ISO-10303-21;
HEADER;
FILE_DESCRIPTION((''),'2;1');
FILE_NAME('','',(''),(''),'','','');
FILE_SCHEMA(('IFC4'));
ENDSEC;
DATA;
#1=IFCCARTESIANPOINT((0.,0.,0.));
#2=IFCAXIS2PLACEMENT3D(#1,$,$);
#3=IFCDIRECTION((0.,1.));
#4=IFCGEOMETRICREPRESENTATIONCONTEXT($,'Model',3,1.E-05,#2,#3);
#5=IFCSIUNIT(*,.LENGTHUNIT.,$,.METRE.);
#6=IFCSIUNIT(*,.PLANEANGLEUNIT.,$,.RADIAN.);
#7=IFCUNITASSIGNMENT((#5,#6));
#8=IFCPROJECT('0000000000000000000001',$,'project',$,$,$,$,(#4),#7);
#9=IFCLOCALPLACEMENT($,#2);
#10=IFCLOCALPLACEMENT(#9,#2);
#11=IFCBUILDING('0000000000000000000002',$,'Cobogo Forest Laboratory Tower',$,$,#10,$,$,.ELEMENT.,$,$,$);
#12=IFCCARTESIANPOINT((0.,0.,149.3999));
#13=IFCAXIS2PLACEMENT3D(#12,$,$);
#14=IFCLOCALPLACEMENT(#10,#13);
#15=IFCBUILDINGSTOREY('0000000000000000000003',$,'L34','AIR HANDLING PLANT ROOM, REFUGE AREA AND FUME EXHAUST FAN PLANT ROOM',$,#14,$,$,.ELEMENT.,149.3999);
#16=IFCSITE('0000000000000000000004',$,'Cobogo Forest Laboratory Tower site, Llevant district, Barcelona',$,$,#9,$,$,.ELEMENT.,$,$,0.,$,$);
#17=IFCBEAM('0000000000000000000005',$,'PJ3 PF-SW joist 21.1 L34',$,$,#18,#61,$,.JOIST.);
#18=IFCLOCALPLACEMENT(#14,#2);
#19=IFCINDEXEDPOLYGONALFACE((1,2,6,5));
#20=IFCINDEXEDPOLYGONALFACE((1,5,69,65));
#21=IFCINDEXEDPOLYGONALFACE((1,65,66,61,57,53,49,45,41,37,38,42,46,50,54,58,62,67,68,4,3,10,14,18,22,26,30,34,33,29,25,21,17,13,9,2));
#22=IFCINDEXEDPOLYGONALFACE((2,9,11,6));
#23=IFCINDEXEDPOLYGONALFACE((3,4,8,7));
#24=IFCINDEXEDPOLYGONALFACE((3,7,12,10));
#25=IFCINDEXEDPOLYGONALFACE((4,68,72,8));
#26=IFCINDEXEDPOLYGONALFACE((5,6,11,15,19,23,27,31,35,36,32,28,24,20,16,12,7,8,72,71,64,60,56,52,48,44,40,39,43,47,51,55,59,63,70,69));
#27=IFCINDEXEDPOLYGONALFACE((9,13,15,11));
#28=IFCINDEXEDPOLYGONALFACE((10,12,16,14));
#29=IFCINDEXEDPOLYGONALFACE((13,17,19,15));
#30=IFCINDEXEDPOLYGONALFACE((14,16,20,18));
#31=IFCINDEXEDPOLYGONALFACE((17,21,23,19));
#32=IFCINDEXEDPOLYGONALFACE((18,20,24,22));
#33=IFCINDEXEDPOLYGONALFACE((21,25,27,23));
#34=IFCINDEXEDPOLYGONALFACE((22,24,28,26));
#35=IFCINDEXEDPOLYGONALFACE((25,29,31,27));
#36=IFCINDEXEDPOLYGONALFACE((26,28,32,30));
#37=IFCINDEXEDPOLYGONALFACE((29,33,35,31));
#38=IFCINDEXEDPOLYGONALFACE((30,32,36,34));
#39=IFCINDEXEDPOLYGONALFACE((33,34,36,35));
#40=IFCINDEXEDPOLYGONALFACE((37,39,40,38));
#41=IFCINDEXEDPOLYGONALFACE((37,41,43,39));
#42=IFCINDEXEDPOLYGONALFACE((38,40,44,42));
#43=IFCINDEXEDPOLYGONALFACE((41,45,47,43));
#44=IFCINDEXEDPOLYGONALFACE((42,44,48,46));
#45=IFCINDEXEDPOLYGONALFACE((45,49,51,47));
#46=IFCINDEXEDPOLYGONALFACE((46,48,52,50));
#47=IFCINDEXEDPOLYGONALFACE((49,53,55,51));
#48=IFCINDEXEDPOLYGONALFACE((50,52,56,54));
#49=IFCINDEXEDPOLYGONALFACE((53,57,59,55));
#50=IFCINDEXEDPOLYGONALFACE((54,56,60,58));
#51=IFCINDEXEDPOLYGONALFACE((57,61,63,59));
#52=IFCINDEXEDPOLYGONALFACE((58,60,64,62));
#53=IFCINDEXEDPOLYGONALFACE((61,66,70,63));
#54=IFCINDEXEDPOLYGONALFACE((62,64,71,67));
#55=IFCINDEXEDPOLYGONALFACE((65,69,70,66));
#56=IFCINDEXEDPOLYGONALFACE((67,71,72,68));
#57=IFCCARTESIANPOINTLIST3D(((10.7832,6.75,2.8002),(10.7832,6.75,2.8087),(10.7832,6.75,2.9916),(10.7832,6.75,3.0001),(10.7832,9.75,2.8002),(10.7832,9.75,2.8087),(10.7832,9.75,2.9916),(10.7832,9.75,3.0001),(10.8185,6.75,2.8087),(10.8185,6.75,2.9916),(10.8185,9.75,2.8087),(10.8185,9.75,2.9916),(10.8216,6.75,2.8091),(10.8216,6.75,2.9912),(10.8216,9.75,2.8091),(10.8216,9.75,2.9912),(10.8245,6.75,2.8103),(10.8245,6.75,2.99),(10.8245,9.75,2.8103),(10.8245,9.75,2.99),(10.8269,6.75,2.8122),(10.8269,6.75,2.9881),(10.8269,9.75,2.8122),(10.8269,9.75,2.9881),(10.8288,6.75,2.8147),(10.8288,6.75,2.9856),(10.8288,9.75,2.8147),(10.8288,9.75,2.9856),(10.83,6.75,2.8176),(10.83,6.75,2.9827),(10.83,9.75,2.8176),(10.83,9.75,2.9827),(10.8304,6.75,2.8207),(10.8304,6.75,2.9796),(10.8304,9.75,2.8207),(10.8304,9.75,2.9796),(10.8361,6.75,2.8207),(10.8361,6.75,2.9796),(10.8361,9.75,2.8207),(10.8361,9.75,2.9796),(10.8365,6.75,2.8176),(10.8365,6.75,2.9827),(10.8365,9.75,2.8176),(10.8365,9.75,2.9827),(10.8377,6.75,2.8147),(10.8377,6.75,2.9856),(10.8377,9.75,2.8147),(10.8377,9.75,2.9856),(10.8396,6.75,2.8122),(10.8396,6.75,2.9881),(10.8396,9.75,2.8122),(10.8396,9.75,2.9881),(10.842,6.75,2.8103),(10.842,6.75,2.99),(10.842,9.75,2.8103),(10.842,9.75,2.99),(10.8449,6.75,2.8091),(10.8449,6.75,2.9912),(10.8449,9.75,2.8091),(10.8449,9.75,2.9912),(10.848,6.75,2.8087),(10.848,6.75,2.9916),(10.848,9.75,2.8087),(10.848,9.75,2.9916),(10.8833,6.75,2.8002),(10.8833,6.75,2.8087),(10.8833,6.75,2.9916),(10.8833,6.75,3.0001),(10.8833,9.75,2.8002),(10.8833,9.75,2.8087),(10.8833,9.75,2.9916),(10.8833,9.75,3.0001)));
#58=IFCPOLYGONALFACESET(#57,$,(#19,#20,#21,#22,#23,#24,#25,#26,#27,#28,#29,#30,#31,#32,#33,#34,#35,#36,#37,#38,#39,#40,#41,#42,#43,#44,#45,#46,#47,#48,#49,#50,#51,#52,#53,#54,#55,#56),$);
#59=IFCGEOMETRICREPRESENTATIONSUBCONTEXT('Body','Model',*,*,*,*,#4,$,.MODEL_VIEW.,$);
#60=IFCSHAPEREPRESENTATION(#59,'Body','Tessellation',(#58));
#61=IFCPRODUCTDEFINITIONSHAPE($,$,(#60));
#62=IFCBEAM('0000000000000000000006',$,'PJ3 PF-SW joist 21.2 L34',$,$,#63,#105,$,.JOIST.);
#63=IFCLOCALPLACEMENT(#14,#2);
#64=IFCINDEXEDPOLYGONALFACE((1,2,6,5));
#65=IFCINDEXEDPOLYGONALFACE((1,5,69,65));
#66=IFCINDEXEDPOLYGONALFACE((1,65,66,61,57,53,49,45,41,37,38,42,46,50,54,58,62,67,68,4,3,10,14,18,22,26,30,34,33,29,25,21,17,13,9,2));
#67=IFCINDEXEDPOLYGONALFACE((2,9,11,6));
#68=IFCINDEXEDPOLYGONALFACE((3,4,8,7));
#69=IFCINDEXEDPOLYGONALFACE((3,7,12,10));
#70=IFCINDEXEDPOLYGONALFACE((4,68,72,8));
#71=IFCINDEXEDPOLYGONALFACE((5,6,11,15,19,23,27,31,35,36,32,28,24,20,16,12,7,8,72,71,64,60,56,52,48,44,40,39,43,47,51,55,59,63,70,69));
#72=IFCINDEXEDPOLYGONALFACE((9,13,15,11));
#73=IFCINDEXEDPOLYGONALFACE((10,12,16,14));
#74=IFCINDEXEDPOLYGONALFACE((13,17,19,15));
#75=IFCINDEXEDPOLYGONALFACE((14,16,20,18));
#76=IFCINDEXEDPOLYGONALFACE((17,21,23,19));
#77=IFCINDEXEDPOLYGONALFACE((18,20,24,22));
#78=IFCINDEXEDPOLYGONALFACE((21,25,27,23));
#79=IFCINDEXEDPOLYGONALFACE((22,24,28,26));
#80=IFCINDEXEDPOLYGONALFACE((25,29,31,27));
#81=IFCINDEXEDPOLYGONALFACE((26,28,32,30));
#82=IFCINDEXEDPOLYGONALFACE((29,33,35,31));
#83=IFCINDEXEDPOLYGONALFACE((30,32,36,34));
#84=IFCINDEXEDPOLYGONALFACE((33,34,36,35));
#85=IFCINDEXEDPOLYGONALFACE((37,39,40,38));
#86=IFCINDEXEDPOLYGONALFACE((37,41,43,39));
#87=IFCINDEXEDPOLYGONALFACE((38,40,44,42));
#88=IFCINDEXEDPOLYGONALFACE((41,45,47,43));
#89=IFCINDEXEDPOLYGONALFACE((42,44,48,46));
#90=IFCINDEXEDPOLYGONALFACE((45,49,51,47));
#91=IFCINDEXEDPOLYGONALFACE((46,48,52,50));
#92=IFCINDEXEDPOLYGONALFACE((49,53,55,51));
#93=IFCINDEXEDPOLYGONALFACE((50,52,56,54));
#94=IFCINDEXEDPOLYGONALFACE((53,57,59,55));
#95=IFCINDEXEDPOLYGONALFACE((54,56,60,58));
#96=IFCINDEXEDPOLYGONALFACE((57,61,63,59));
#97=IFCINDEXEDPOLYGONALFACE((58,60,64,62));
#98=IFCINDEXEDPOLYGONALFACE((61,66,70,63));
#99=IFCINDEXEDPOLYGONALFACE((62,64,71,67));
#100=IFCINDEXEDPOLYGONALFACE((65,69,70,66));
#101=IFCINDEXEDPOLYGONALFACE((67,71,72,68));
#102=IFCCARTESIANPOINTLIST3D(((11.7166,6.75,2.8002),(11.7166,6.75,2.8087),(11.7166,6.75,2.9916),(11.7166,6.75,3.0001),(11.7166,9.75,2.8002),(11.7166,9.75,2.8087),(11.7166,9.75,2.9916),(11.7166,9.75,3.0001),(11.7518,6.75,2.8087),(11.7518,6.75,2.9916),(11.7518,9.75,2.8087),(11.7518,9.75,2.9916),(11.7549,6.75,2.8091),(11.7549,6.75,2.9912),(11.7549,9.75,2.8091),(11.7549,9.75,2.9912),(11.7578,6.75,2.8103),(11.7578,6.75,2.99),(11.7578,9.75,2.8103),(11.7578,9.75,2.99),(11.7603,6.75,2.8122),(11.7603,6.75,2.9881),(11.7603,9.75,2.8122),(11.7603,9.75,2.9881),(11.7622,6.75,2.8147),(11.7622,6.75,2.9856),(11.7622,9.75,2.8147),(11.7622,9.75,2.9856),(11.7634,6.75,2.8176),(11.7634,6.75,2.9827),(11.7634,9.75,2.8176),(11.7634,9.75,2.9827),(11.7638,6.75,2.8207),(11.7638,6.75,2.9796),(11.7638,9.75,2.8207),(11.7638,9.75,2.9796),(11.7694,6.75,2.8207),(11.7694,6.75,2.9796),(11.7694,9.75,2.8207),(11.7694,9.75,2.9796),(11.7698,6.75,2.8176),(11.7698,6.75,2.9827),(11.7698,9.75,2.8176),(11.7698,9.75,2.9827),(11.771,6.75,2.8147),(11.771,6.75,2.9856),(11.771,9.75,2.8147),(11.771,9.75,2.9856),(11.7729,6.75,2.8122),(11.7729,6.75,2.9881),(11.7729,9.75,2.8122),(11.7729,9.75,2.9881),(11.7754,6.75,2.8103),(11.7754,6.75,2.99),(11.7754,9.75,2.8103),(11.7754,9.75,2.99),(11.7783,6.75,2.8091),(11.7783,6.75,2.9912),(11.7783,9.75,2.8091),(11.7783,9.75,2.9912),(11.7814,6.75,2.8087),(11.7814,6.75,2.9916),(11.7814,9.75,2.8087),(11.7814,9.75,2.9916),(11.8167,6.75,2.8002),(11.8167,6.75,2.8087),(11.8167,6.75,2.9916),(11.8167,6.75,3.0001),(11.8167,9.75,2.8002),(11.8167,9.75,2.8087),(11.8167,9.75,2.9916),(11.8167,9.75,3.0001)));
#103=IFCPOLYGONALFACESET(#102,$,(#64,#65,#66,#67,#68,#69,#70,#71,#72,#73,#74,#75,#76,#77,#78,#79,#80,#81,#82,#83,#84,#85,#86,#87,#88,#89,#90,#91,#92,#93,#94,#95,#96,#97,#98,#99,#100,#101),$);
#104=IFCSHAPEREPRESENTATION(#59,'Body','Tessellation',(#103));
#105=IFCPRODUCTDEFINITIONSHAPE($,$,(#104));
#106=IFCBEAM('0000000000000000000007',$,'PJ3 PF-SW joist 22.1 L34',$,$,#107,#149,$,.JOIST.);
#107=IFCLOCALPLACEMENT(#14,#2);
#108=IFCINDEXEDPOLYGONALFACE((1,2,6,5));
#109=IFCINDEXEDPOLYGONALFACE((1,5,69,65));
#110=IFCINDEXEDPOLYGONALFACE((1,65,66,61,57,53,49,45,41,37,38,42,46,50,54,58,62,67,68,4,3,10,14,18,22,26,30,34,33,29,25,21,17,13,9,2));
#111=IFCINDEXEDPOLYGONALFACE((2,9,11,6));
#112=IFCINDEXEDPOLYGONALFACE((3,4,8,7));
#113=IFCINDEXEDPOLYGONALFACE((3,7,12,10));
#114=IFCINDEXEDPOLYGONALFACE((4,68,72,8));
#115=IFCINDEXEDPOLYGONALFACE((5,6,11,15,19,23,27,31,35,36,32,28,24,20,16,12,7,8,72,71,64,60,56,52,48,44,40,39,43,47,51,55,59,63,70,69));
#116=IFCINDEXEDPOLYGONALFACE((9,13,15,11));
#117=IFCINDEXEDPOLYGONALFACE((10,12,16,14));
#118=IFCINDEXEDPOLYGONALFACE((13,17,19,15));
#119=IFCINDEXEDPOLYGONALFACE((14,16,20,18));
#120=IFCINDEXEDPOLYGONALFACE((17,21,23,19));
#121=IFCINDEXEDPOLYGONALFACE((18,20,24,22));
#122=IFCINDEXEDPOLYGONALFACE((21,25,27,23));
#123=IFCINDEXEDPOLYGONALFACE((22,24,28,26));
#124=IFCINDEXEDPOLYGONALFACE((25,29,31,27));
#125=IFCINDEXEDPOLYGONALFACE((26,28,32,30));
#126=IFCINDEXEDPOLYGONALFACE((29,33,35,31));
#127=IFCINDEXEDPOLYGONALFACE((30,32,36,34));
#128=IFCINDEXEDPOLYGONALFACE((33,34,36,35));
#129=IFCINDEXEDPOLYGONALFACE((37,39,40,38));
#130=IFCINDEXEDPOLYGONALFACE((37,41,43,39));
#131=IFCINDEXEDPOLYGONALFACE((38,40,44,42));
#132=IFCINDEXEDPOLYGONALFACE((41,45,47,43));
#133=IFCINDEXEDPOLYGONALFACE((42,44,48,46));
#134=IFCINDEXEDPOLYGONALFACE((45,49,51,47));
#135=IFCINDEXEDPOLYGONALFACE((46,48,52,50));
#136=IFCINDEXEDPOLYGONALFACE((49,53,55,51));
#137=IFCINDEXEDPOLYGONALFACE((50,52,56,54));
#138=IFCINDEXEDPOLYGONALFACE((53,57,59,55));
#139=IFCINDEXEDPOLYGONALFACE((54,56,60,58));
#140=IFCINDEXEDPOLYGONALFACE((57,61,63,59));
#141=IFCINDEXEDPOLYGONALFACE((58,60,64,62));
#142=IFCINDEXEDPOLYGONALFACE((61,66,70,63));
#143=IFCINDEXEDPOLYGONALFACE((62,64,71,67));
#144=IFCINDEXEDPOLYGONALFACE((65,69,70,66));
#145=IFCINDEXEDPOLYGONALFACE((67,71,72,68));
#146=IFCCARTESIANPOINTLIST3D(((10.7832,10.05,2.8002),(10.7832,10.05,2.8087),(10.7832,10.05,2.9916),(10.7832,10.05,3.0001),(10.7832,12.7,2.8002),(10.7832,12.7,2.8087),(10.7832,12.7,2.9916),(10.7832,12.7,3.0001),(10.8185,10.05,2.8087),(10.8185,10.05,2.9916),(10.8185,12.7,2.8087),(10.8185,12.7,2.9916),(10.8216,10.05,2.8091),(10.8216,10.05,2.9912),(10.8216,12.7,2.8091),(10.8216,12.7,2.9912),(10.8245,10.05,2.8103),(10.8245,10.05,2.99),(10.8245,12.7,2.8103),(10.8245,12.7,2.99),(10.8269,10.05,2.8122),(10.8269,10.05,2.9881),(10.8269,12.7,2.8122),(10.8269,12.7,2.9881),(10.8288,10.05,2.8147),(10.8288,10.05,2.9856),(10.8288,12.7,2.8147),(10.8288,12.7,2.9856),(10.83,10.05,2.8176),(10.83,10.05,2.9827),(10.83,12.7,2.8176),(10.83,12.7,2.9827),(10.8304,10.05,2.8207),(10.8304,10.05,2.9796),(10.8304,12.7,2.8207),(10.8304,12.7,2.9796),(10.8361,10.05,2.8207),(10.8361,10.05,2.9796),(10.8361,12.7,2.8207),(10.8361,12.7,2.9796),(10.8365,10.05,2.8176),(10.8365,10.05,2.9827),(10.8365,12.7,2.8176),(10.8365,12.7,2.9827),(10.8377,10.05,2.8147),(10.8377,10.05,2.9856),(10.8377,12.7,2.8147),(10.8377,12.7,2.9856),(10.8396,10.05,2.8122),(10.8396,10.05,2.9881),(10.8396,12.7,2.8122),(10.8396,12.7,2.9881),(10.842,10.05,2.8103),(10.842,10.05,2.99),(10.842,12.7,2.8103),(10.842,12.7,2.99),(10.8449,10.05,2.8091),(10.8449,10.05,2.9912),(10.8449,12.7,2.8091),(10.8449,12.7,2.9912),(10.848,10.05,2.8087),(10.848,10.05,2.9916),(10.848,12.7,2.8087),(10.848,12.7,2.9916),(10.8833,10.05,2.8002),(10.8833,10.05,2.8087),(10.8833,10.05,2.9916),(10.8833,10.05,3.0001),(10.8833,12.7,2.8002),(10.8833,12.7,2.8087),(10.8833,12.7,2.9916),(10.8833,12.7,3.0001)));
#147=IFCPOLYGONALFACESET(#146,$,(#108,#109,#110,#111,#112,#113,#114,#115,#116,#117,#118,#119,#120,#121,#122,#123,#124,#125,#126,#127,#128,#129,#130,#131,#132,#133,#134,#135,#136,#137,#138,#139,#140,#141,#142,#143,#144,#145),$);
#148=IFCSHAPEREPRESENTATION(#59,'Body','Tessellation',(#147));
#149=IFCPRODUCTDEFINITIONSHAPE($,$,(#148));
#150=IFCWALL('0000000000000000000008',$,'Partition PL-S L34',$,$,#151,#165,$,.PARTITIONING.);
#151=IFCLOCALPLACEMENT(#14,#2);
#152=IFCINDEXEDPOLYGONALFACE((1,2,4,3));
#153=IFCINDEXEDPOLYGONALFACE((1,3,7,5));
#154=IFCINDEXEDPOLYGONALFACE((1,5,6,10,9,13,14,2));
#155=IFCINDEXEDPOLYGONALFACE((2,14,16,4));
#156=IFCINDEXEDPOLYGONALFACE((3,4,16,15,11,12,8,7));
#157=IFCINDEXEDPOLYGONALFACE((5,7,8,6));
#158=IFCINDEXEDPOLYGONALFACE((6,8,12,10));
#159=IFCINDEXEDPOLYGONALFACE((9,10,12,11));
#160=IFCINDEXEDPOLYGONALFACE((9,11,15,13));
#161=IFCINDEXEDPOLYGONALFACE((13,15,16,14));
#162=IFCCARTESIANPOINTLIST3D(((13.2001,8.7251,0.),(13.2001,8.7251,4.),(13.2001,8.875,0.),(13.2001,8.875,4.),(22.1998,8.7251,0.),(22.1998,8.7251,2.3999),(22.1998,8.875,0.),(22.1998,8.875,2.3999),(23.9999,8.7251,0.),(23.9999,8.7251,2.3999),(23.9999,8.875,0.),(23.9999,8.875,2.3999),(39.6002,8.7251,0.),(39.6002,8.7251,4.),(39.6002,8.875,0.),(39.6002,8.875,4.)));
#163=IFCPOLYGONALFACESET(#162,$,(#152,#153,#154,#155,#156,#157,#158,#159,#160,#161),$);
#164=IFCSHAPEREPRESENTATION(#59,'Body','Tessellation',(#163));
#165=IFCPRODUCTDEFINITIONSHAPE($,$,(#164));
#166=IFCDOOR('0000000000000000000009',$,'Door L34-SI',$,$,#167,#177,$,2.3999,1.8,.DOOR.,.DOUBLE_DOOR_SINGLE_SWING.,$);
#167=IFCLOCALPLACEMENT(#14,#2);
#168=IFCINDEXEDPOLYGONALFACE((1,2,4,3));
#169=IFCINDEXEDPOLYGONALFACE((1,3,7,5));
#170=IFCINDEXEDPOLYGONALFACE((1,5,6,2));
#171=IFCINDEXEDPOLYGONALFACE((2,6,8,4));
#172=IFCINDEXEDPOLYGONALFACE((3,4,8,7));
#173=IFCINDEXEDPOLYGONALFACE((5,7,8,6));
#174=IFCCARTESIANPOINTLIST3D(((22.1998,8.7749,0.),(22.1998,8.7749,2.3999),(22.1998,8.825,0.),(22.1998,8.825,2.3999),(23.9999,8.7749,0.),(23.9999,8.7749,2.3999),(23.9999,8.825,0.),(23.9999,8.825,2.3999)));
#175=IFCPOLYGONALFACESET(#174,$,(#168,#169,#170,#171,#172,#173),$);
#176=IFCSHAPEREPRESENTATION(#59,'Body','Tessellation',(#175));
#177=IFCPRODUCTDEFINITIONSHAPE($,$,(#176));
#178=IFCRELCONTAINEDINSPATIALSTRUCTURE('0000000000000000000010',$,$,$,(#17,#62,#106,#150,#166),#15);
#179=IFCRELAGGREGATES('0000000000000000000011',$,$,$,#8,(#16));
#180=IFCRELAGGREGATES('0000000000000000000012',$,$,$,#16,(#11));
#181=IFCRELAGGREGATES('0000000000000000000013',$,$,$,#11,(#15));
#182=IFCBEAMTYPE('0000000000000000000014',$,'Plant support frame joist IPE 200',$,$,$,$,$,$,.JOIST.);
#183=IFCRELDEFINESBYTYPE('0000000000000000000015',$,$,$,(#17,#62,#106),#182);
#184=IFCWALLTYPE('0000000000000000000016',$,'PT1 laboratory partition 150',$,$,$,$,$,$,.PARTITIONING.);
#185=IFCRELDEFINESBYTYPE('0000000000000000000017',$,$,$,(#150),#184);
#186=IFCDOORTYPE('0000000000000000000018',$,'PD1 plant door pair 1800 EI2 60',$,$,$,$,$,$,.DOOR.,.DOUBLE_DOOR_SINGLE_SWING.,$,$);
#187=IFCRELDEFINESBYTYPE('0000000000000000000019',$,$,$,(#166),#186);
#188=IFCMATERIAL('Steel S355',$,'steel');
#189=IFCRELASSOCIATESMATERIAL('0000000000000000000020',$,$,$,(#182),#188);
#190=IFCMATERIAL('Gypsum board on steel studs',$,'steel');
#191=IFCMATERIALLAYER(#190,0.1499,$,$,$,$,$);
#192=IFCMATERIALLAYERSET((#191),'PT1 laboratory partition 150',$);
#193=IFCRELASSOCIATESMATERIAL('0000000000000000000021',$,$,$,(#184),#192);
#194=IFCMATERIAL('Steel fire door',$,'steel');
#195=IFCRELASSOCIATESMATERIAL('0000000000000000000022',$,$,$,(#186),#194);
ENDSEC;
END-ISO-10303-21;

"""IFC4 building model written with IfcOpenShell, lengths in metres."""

from ifc_helpers import new_model, si_unit, direction, frame, frame_2d, origin, origin_2d, place, context, subcontext, project, spatial, rectangle, i_section, extrude, material, layer, layer_set, material_profile, profile_set, type_object, element, fill, save


model = new_model("IFC4")

# Units and contexts
model_context = context("Model", 3, precision=1e-05, world=origin(), true_north=direction((0.0, 1.0)))
body_context = subcontext(model_context, "Body", "Model", "MODEL_VIEW")
ifc_project = project(units=[si_unit("LENGTHUNIT", "METRE"), si_unit("PLANEANGLEUNIT", "RADIAN")], contexts=[model_context])

# Site, building, storey
site_placement = place(None, origin())
site = spatial("IfcSite", under=ifc_project, at=site_placement, Name="Cobogo Forest Laboratory Tower site, Llevant district, Barcelona", CompositionType="ELEMENT", RefElevation=0.0)
building_placement = place(site_placement, origin())
building = spatial("IfcBuilding", under=site, at=building_placement, Name="Cobogo Forest Laboratory Tower", CompositionType="ELEMENT")
storey_placement = place(building_placement, frame((0.0, 0.0, 149.3999)))
storey = spatial("IfcBuildingStorey", under=building, at=storey_placement, Name="L34", Description="AIR HANDLING PLANT ROOM, REFUGE AREA AND FUME EXHAUST FAN PLANT ROOM", CompositionType="ELEMENT", Elevation=149.3999)

# Beams
ifc_material_1 = material(Name="Steel S355", Category="steel")
ifc_material_profile_1 = material_profile(ifc_material_1, i_section(OverallWidth=0.1001, OverallDepth=0.2, WebThickness=0.0056, FlangeThickness=0.0085, FilletRadius=0.012, at=origin_2d()), Name="IPE 200")
ifc_profile_set_1 = profile_set([ifc_material_profile_1], Name="Steel S355")
beam_type_1 = type_object("IfcBeamType", Name="Plant support frame joist IPE 200", PredefinedType="JOIST", material=ifc_profile_set_1)
for number, where, z_axis, x_axis, name in (
    (1, (10.8333, 6.75, 2.9001), (0.0, 1.0, 0.0), (-1.0, 0.0, 0.0), "PJ3 PF-SW joist 21.1 L34"),
    (2, (11.7666, 6.75, 2.9001), (0.0, 1.0, 0.0), (-1.0, 0.0, 0.0), "PJ3 PF-SW joist 21.2 L34"),
):
    element("IfcBeam", number, at=place(storey_placement, frame(where, z_axis=z_axis, x_axis=x_axis)), inside=storey, type_object=beam_type_1, Name=name, PredefinedType="JOIST", context=body_context, shape_type="SweptSolid", body=[
        extrude(i_section(OverallWidth=0.1001, OverallDepth=0.2, WebThickness=0.0056, FlangeThickness=0.0085, FilletRadius=0.012, at=origin_2d()), origin(), (0.0, 0.0, 1.0), 3.0),
    ])
beam_1_placement = place(storey_placement, frame((10.8333, 10.05, 2.9001), z_axis=(0.0, 1.0, 0.0), x_axis=(-1.0, 0.0, 0.0)))
element("IfcBeam", 3, at=beam_1_placement, inside=storey, type_object=beam_type_1, Name="PJ3 PF-SW joist 22.1 L34", PredefinedType="JOIST", context=body_context, shape_type="SweptSolid", body=[
    extrude(i_section(OverallWidth=0.1001, OverallDepth=0.2, WebThickness=0.0056, FlangeThickness=0.0085, FilletRadius=0.012, at=origin_2d()), origin(), (0.0, 0.0, 1.0), 2.6499),
])

# Wall, opening, door
ifc_material_2 = material(Name="Gypsum board on steel studs", Category="steel")
ifc_layer = layer(ifc_material_2, 0.1499)
ifc_layer_set = layer_set([ifc_layer], Name="PT1 laboratory partition 150")
wall_type = type_object("IfcWallType", Name="PT1 laboratory partition 150", PredefinedType="PARTITIONING", material=ifc_layer_set)
wall_placement = place(storey_placement, frame((13.2, 8.8, 0.0), z_axis=(0.0, 0.0, 1.0), x_axis=(1.0, 0.0, 0.0)))
wall = element("IfcWall", 4, at=wall_placement, inside=storey, type_object=wall_type, Name="Partition PL-S L34", PredefinedType="PARTITIONING", context=body_context, shape_type="SweptSolid", body=[
    extrude(rectangle(XDim=26.4001, YDim=0.1499, at=frame_2d((13.2002, 0.0))), origin(), (0.0, 0.0, 1.0), 4.0),
])
opening_placement = place(wall_placement, frame((9.0, 0.0, 0.0)))
opening = element("IfcOpeningElement", 5, at=opening_placement, cuts=wall, PredefinedType="OPENING", context=body_context, shape_type="SweptSolid", body=[
    extrude(rectangle(XDim=1.8, YDim=2.3999, at=frame_2d((0.8999, 1.2))), frame((0.0, 0.085, 0.0), z_axis=(0.0, -1.0, 0.0), x_axis=(1.0, 0.0, 0.0)), (0.0, 0.0, 1.0), 0.1699),
])
ifc_material_3 = material(Name="Steel fire door", Category="steel")
door_type = type_object("IfcDoorType", Name="PD1 plant door pair 1800 EI2 60", OperationType="DOUBLE_DOOR_SINGLE_SWING", PredefinedType="DOOR", material=ifc_material_3)
door_placement = place(opening_placement, origin())
door = element("IfcDoor", 6, at=door_placement, inside=storey, type_object=door_type, Name="Door L34-SI", OperationType="DOUBLE_DOOR_SINGLE_SWING", OverallHeight=2.3999, OverallWidth=1.8, PredefinedType="DOOR", context=body_context, shape_type="SweptSolid", body=[
    extrude(rectangle(XDim=1.8, YDim=2.3999, at=frame_2d((0.8999, 1.2))), frame((0.0, 0.0249, 0.0), z_axis=(0.0, -1.0, 0.0), x_axis=(1.0, 0.0, 0.0)), (0.0, 0.0, 1.0), 0.05),
])
fill(opening, door)

save(model, "model.ifc")
